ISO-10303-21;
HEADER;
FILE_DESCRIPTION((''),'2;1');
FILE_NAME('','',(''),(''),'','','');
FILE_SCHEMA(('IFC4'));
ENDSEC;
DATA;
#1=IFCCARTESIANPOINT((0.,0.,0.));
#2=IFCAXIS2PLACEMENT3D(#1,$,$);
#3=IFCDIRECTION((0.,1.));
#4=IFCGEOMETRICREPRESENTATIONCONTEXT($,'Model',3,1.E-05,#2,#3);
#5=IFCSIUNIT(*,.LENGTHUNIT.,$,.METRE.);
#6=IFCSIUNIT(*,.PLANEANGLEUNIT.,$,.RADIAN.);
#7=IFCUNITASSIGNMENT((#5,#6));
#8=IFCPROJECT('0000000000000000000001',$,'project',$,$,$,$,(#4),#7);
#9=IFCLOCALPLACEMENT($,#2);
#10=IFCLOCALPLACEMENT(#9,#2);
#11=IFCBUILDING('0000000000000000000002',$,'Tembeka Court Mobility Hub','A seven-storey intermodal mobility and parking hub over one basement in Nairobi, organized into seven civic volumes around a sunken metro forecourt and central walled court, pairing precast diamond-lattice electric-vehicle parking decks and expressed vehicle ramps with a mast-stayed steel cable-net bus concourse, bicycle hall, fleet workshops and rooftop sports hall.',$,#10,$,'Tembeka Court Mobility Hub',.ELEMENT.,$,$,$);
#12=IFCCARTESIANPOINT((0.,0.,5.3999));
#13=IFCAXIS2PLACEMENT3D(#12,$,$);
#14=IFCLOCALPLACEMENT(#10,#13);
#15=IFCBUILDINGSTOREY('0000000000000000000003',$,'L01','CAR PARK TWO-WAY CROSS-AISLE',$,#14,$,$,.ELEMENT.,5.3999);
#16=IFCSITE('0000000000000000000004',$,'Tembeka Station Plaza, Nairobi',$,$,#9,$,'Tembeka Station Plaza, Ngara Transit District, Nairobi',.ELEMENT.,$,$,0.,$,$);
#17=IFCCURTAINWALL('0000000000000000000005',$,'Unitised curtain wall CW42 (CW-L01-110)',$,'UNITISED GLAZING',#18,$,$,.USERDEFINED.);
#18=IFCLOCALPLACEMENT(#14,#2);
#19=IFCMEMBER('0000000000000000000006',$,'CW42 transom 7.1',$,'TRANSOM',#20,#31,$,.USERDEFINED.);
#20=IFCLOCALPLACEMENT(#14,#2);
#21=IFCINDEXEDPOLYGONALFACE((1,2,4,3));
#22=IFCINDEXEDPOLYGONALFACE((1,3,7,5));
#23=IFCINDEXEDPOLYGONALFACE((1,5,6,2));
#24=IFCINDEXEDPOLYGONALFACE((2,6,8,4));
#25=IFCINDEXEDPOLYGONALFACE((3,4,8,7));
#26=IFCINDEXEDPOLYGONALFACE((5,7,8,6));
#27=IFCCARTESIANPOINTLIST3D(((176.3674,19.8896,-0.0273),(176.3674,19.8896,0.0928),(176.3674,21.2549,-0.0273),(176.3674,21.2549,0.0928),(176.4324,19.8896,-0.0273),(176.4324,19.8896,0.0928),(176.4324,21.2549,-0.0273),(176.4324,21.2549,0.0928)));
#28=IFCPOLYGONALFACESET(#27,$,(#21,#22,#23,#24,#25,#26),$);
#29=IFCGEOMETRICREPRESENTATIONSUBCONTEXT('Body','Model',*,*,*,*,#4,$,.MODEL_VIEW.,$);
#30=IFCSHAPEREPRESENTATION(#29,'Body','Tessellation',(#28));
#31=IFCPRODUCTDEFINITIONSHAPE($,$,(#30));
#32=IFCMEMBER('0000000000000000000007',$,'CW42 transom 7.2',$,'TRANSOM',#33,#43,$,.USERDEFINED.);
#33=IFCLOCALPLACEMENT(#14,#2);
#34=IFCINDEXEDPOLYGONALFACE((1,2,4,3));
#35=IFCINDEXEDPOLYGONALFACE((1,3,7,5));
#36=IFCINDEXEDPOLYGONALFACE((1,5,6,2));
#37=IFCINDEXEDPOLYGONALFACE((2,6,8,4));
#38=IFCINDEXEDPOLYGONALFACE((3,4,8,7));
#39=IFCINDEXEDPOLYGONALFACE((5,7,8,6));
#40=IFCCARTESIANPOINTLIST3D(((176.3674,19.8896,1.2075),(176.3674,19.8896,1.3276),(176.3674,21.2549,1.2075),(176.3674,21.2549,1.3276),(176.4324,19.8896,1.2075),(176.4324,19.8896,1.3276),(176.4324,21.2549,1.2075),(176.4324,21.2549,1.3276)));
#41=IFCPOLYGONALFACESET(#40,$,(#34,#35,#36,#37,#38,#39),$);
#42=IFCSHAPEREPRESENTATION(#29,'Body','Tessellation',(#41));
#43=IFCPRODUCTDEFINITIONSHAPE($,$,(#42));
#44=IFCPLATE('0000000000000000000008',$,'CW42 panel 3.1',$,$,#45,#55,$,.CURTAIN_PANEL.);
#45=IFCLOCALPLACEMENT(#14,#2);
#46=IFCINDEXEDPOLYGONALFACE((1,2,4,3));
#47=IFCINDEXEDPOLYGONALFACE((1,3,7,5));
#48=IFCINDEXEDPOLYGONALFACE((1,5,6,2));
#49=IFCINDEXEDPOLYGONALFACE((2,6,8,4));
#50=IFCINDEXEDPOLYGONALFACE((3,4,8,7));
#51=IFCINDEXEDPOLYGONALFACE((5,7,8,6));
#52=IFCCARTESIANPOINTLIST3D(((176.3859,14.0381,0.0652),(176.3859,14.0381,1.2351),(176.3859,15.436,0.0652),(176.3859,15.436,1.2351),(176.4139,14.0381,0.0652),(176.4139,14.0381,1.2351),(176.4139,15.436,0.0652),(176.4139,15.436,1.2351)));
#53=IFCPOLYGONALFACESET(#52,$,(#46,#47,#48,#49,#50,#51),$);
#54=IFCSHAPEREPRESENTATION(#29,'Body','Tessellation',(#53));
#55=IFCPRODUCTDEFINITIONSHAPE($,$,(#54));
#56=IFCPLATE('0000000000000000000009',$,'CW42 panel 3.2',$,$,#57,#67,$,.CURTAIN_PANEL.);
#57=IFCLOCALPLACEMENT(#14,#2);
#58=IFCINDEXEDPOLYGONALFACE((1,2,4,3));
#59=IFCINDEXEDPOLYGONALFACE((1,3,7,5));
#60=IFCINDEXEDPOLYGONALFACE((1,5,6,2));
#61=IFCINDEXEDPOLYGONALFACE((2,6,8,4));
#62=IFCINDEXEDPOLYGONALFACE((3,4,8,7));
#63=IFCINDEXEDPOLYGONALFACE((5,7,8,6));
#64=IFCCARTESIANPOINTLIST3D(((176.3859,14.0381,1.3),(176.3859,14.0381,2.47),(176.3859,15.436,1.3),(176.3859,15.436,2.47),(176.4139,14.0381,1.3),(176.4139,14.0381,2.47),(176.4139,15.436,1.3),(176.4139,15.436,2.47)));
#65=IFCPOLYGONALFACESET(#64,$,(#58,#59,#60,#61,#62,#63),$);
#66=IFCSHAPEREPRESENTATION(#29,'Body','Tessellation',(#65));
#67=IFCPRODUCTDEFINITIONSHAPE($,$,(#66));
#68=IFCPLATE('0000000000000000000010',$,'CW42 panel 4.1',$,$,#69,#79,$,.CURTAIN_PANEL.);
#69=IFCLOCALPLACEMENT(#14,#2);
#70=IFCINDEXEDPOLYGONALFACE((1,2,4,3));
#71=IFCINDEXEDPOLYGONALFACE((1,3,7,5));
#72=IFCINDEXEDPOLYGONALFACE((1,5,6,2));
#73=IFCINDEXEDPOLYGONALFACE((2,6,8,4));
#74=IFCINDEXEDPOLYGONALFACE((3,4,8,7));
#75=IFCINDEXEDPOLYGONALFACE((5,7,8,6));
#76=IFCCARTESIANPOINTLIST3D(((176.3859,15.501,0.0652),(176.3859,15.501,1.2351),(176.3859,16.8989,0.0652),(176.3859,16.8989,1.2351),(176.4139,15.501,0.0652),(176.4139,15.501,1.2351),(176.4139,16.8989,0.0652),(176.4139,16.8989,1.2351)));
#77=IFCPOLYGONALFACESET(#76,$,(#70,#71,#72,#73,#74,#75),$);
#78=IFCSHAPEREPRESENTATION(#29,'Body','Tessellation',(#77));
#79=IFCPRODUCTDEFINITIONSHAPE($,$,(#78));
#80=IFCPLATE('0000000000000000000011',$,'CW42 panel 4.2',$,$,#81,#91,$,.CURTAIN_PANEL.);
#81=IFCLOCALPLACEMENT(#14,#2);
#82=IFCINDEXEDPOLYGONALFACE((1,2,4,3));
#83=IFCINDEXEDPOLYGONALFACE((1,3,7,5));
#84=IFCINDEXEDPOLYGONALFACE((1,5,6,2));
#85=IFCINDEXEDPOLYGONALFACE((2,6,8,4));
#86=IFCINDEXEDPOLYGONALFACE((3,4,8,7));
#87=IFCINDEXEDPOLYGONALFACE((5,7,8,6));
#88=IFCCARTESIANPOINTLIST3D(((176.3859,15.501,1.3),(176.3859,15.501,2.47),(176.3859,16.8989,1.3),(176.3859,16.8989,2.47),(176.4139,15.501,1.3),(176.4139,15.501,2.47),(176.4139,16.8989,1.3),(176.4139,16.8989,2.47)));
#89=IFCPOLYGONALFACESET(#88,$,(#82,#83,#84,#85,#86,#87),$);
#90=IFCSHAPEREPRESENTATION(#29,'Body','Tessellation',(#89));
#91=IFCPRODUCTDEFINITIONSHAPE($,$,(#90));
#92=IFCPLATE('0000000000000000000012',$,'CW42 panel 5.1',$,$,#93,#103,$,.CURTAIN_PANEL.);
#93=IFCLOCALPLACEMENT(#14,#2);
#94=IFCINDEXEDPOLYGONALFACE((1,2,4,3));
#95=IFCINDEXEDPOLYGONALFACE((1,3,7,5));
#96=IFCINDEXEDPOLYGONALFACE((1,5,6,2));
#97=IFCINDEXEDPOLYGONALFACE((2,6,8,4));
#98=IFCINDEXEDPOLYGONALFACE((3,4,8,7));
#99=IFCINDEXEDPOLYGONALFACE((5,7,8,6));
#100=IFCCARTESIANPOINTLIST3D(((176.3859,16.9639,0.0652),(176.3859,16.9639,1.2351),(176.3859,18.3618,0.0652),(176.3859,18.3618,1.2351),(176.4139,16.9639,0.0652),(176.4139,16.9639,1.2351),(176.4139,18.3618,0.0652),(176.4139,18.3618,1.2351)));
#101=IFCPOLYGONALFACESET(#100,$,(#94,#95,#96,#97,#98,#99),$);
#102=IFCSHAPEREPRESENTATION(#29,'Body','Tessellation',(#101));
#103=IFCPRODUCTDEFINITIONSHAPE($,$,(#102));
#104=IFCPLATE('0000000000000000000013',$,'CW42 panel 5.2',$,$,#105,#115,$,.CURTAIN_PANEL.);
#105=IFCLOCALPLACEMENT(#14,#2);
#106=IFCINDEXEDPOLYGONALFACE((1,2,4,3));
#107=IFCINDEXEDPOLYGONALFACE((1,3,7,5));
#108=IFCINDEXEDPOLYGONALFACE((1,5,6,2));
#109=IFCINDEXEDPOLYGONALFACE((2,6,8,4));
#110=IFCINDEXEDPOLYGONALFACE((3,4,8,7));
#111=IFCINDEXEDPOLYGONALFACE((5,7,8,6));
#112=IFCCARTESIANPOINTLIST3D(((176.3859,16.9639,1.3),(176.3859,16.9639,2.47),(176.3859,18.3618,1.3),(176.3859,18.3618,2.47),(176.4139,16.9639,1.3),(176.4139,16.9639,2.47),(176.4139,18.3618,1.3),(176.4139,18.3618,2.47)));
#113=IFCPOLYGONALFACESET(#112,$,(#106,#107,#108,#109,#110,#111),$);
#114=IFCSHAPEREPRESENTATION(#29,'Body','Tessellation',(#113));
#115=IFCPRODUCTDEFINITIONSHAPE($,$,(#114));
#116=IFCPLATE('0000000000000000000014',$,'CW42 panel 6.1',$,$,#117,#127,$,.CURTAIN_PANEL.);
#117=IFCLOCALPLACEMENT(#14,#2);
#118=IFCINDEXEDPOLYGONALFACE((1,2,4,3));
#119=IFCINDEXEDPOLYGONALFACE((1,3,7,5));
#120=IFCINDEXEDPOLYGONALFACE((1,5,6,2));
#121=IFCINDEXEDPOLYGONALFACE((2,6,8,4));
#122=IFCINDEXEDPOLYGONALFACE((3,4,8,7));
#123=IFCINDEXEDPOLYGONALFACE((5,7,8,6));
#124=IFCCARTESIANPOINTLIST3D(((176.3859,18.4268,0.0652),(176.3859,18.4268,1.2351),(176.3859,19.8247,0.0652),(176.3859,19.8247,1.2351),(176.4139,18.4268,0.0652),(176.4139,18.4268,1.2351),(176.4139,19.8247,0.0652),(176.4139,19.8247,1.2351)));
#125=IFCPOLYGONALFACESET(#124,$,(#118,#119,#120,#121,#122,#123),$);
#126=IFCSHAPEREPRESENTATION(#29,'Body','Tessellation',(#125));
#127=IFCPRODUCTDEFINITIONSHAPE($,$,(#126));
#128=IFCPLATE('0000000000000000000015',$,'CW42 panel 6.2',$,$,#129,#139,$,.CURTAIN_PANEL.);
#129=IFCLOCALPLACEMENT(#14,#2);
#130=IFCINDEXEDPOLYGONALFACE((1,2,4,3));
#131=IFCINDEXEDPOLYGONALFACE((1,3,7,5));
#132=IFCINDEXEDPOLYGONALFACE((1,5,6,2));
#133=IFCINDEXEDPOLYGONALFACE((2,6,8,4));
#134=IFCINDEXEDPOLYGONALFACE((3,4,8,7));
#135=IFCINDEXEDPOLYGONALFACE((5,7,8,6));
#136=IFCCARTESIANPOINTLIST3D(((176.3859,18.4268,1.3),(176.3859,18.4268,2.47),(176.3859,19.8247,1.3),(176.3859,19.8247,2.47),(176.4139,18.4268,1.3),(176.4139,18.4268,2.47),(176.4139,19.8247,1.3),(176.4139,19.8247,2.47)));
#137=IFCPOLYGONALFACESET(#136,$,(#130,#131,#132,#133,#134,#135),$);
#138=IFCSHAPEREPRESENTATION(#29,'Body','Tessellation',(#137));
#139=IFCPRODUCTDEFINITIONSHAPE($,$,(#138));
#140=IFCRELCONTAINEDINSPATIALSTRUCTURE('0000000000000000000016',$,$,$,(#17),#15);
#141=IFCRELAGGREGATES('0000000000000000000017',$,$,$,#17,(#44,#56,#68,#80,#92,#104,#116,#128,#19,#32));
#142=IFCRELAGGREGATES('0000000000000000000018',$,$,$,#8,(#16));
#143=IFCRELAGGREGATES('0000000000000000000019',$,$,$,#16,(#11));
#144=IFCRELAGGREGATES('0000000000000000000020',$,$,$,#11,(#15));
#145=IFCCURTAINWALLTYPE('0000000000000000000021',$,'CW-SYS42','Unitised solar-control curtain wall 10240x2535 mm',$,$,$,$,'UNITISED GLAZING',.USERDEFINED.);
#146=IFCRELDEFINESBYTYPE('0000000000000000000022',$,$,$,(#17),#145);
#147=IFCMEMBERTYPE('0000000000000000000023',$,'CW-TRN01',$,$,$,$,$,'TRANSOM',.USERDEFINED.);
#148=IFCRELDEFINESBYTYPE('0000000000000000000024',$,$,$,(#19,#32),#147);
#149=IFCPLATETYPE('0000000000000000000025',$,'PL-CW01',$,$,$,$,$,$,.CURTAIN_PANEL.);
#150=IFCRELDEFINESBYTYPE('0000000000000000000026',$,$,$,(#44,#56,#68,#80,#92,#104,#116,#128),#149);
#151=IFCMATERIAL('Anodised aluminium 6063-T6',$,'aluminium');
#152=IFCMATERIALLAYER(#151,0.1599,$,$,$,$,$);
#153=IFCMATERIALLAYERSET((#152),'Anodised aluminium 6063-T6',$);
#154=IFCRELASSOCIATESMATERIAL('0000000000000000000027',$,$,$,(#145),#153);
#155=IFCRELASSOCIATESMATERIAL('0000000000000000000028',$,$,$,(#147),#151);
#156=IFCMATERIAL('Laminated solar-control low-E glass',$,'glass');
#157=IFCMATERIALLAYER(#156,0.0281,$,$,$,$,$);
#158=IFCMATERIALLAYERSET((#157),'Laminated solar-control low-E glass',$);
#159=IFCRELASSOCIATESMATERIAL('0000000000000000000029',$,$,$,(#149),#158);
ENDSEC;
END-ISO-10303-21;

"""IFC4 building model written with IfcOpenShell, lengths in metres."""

from ifc_helpers import new_model, si_unit, direction, frame, origin, origin_2d, place, context, subcontext, project, spatial, rectangle, extrude, material, layer, layer_set, material_profile, profile_set, type_object, element, aggregate, save


model = new_model("IFC4")

# Units and contexts
model_context = context("Model", 3, precision=1e-05, world=origin(), true_north=direction((0.0, 1.0)))
body_context = subcontext(model_context, "Body", "Model", "MODEL_VIEW")
ifc_project = project(units=[si_unit("LENGTHUNIT", "METRE"), si_unit("PLANEANGLEUNIT", "RADIAN")], contexts=[model_context])

# Site, building, storey
site_placement = place(None, origin())
site = spatial("IfcSite", under=ifc_project, at=site_placement, Name="Tembeka Station Plaza, Nairobi", LongName="Tembeka Station Plaza, Ngara Transit District, Nairobi", CompositionType="ELEMENT", RefElevation=0.0)
building_placement = place(site_placement, origin())
building = spatial("IfcBuilding", under=site, at=building_placement, Name="Tembeka Court Mobility Hub", Description="A seven-storey intermodal mobility and parking hub over one basement in Nairobi, organized into seven civic volumes around a sunken metro forecourt and central walled court, pairing precast diamond-lattice electric-vehicle parking decks and expressed vehicle ramps with a mast-stayed steel cable-net bus concourse, bicycle hall, fleet workshops and rooftop sports hall.", LongName="Tembeka Court Mobility Hub", CompositionType="ELEMENT")
storey_placement = place(building_placement, frame((0.0, 0.0, 5.3999)))
storey = spatial("IfcBuildingStorey", under=building, at=storey_placement, Name="L01", Description="CAR PARK TWO-WAY CROSS-AISLE", CompositionType="ELEMENT", Elevation=5.3999)

# Curtain wall, members, plates
ifc_material_1 = material(Name="Anodised aluminium 6063-T6", Category="aluminium")
ifc_layer_1 = layer(ifc_material_1, 0.1599)
ifc_layer_set_1 = layer_set([ifc_layer_1], Name="Anodised aluminium 6063-T6")
curtain_wall_type = type_object("IfcCurtainWallType", Name="CW-SYS42", Description="Unitised solar-control curtain wall 10240x2535 mm", ElementType="UNITISED GLAZING", PredefinedType="USERDEFINED", material=ifc_layer_set_1)
curtain_wall_placement = place(storey_placement, origin())
curtain_wall = element("IfcCurtainWall", 1, at=curtain_wall_placement, inside=storey, type_object=curtain_wall_type, Name="Unitised curtain wall CW42 (CW-L01-110)", ObjectType="UNITISED GLAZING", PredefinedType="USERDEFINED")
ifc_material_profile_1 = material_profile(ifc_material_1, rectangle(XDim=0.0649, YDim=0.1201, at=origin_2d()), Name="ALU-TRN 65x120")
ifc_profile_set_1 = profile_set([ifc_material_profile_1], Name="Anodised aluminium 6063-T6")
member_type_1 = type_object("IfcMemberType", Name="CW-TRN01", ElementType="TRANSOM", PredefinedType="USERDEFINED", material=ifc_profile_set_1)
member_1_placement = place(storey_placement, frame((176.3999, 19.8896, 0.0327), z_axis=(0.0, 1.0, 0.0), x_axis=(-1.0, 0.0, 0.0)))
member_1 = element("IfcMember", 2, at=member_1_placement, type_object=member_type_1, Name="CW42 transom 7.1", ObjectType="TRANSOM", PredefinedType="USERDEFINED", context=body_context, shape_type="SweptSolid", body=[
    extrude(rectangle(XDim=0.0649, YDim=0.1201, at=origin_2d()), origin(), (0.0, 0.0, 1.0), 1.3652),
])
member_2_placement = place(storey_placement, frame((176.3999, 19.8896, 1.2676), z_axis=(0.0, 1.0, 0.0), x_axis=(-1.0, 0.0, 0.0)))
member_2 = element("IfcMember", 3, at=member_2_placement, type_object=member_type_1, Name="CW42 transom 7.2", ObjectType="TRANSOM", PredefinedType="USERDEFINED", context=body_context, shape_type="SweptSolid", body=[
    extrude(rectangle(XDim=0.0649, YDim=0.1201, at=origin_2d()), origin(), (0.0, 0.0, 1.0), 1.3652),
])
ifc_material_2 = material(Name="Laminated solar-control low-E glass", Category="glass")
ifc_layer_2 = layer(ifc_material_2, 0.0281)
ifc_layer_set_2 = layer_set([ifc_layer_2], Name="Laminated solar-control low-E glass")
plate_type = type_object("IfcPlateType", Name="PL-CW01", PredefinedType="CURTAIN_PANEL", material=ifc_layer_set_2)
plate_1_placement = place(storey_placement, frame((176.3999, 14.7371, 0.0652), z_axis=(0.0, 0.0, 1.0), x_axis=(0.0, 1.0, 0.0)))
plate_1 = element("IfcPlate", 4, at=plate_1_placement, type_object=plate_type, Name="CW42 panel 3.1", PredefinedType="CURTAIN_PANEL", context=body_context, shape_type="SweptSolid", body=[
    extrude(rectangle(XDim=1.3979, YDim=0.0281, at=origin_2d()), origin(), (0.0, 0.0, 1.0), 1.1699),
])
plate_2_placement = place(storey_placement, frame((176.3999, 14.7371, 1.3), z_axis=(0.0, 0.0, 1.0), x_axis=(0.0, 1.0, 0.0)))
plate_2 = element("IfcPlate", 5, at=plate_2_placement, type_object=plate_type, Name="CW42 panel 3.2", PredefinedType="CURTAIN_PANEL", context=body_context, shape_type="SweptSolid", body=[
    extrude(rectangle(XDim=1.3979, YDim=0.0281, at=origin_2d()), origin(), (0.0, 0.0, 1.0), 1.1699),
])
plate_3_placement = place(storey_placement, frame((176.3999, 16.2, 0.0652), z_axis=(0.0, 0.0, 1.0), x_axis=(0.0, 1.0, 0.0)))
plate_3 = element("IfcPlate", 6, at=plate_3_placement, type_object=plate_type, Name="CW42 panel 4.1", PredefinedType="CURTAIN_PANEL", context=body_context, shape_type="SweptSolid", body=[
    extrude(rectangle(XDim=1.3979, YDim=0.0281, at=origin_2d()), origin(), (0.0, 0.0, 1.0), 1.1699),
])
plate_4_placement = place(storey_placement, frame((176.3999, 16.2, 1.3), z_axis=(0.0, 0.0, 1.0), x_axis=(0.0, 1.0, 0.0)))
plate_4 = element("IfcPlate", 7, at=plate_4_placement, type_object=plate_type, Name="CW42 panel 4.2", PredefinedType="CURTAIN_PANEL", context=body_context, shape_type="SweptSolid", body=[
    extrude(rectangle(XDim=1.3979, YDim=0.0281, at=origin_2d()), origin(), (0.0, 0.0, 1.0), 1.1699),
])
plate_5_placement = place(storey_placement, frame((176.3999, 17.6628, 0.0652), z_axis=(0.0, 0.0, 1.0), x_axis=(0.0, 1.0, 0.0)))
plate_5 = element("IfcPlate", 8, at=plate_5_placement, type_object=plate_type, Name="CW42 panel 5.1", PredefinedType="CURTAIN_PANEL", context=body_context, shape_type="SweptSolid", body=[
    extrude(rectangle(XDim=1.3979, YDim=0.0281, at=origin_2d()), origin(), (0.0, 0.0, 1.0), 1.1699),
])
plate_6_placement = place(storey_placement, frame((176.3999, 17.6628, 1.3), z_axis=(0.0, 0.0, 1.0), x_axis=(0.0, 1.0, 0.0)))
plate_6 = element("IfcPlate", 9, at=plate_6_placement, type_object=plate_type, Name="CW42 panel 5.2", PredefinedType="CURTAIN_PANEL", context=body_context, shape_type="SweptSolid", body=[
    extrude(rectangle(XDim=1.3979, YDim=0.0281, at=origin_2d()), origin(), (0.0, 0.0, 1.0), 1.1699),
])
plate_7_placement = place(storey_placement, frame((176.3999, 19.1257, 0.0652), z_axis=(0.0, 0.0, 1.0), x_axis=(0.0, 1.0, 0.0)))
plate_7 = element("IfcPlate", 10, at=plate_7_placement, type_object=plate_type, Name="CW42 panel 6.1", PredefinedType="CURTAIN_PANEL", context=body_context, shape_type="SweptSolid", body=[
    extrude(rectangle(XDim=1.3979, YDim=0.0281, at=origin_2d()), origin(), (0.0, 0.0, 1.0), 1.1699),
])
plate_8_placement = place(storey_placement, frame((176.3999, 19.1257, 1.3), z_axis=(0.0, 0.0, 1.0), x_axis=(0.0, 1.0, 0.0)))
plate_8 = element("IfcPlate", 11, at=plate_8_placement, type_object=plate_type, Name="CW42 panel 6.2", PredefinedType="CURTAIN_PANEL", context=body_context, shape_type="SweptSolid", body=[
    extrude(rectangle(XDim=1.3979, YDim=0.0281, at=origin_2d()), origin(), (0.0, 0.0, 1.0), 1.1699),
])
aggregate(curtain_wall, [plate_1, plate_2, plate_3, plate_4, plate_5, plate_6, plate_7, plate_8, member_1, member_2])

save(model, "model.ifc")
